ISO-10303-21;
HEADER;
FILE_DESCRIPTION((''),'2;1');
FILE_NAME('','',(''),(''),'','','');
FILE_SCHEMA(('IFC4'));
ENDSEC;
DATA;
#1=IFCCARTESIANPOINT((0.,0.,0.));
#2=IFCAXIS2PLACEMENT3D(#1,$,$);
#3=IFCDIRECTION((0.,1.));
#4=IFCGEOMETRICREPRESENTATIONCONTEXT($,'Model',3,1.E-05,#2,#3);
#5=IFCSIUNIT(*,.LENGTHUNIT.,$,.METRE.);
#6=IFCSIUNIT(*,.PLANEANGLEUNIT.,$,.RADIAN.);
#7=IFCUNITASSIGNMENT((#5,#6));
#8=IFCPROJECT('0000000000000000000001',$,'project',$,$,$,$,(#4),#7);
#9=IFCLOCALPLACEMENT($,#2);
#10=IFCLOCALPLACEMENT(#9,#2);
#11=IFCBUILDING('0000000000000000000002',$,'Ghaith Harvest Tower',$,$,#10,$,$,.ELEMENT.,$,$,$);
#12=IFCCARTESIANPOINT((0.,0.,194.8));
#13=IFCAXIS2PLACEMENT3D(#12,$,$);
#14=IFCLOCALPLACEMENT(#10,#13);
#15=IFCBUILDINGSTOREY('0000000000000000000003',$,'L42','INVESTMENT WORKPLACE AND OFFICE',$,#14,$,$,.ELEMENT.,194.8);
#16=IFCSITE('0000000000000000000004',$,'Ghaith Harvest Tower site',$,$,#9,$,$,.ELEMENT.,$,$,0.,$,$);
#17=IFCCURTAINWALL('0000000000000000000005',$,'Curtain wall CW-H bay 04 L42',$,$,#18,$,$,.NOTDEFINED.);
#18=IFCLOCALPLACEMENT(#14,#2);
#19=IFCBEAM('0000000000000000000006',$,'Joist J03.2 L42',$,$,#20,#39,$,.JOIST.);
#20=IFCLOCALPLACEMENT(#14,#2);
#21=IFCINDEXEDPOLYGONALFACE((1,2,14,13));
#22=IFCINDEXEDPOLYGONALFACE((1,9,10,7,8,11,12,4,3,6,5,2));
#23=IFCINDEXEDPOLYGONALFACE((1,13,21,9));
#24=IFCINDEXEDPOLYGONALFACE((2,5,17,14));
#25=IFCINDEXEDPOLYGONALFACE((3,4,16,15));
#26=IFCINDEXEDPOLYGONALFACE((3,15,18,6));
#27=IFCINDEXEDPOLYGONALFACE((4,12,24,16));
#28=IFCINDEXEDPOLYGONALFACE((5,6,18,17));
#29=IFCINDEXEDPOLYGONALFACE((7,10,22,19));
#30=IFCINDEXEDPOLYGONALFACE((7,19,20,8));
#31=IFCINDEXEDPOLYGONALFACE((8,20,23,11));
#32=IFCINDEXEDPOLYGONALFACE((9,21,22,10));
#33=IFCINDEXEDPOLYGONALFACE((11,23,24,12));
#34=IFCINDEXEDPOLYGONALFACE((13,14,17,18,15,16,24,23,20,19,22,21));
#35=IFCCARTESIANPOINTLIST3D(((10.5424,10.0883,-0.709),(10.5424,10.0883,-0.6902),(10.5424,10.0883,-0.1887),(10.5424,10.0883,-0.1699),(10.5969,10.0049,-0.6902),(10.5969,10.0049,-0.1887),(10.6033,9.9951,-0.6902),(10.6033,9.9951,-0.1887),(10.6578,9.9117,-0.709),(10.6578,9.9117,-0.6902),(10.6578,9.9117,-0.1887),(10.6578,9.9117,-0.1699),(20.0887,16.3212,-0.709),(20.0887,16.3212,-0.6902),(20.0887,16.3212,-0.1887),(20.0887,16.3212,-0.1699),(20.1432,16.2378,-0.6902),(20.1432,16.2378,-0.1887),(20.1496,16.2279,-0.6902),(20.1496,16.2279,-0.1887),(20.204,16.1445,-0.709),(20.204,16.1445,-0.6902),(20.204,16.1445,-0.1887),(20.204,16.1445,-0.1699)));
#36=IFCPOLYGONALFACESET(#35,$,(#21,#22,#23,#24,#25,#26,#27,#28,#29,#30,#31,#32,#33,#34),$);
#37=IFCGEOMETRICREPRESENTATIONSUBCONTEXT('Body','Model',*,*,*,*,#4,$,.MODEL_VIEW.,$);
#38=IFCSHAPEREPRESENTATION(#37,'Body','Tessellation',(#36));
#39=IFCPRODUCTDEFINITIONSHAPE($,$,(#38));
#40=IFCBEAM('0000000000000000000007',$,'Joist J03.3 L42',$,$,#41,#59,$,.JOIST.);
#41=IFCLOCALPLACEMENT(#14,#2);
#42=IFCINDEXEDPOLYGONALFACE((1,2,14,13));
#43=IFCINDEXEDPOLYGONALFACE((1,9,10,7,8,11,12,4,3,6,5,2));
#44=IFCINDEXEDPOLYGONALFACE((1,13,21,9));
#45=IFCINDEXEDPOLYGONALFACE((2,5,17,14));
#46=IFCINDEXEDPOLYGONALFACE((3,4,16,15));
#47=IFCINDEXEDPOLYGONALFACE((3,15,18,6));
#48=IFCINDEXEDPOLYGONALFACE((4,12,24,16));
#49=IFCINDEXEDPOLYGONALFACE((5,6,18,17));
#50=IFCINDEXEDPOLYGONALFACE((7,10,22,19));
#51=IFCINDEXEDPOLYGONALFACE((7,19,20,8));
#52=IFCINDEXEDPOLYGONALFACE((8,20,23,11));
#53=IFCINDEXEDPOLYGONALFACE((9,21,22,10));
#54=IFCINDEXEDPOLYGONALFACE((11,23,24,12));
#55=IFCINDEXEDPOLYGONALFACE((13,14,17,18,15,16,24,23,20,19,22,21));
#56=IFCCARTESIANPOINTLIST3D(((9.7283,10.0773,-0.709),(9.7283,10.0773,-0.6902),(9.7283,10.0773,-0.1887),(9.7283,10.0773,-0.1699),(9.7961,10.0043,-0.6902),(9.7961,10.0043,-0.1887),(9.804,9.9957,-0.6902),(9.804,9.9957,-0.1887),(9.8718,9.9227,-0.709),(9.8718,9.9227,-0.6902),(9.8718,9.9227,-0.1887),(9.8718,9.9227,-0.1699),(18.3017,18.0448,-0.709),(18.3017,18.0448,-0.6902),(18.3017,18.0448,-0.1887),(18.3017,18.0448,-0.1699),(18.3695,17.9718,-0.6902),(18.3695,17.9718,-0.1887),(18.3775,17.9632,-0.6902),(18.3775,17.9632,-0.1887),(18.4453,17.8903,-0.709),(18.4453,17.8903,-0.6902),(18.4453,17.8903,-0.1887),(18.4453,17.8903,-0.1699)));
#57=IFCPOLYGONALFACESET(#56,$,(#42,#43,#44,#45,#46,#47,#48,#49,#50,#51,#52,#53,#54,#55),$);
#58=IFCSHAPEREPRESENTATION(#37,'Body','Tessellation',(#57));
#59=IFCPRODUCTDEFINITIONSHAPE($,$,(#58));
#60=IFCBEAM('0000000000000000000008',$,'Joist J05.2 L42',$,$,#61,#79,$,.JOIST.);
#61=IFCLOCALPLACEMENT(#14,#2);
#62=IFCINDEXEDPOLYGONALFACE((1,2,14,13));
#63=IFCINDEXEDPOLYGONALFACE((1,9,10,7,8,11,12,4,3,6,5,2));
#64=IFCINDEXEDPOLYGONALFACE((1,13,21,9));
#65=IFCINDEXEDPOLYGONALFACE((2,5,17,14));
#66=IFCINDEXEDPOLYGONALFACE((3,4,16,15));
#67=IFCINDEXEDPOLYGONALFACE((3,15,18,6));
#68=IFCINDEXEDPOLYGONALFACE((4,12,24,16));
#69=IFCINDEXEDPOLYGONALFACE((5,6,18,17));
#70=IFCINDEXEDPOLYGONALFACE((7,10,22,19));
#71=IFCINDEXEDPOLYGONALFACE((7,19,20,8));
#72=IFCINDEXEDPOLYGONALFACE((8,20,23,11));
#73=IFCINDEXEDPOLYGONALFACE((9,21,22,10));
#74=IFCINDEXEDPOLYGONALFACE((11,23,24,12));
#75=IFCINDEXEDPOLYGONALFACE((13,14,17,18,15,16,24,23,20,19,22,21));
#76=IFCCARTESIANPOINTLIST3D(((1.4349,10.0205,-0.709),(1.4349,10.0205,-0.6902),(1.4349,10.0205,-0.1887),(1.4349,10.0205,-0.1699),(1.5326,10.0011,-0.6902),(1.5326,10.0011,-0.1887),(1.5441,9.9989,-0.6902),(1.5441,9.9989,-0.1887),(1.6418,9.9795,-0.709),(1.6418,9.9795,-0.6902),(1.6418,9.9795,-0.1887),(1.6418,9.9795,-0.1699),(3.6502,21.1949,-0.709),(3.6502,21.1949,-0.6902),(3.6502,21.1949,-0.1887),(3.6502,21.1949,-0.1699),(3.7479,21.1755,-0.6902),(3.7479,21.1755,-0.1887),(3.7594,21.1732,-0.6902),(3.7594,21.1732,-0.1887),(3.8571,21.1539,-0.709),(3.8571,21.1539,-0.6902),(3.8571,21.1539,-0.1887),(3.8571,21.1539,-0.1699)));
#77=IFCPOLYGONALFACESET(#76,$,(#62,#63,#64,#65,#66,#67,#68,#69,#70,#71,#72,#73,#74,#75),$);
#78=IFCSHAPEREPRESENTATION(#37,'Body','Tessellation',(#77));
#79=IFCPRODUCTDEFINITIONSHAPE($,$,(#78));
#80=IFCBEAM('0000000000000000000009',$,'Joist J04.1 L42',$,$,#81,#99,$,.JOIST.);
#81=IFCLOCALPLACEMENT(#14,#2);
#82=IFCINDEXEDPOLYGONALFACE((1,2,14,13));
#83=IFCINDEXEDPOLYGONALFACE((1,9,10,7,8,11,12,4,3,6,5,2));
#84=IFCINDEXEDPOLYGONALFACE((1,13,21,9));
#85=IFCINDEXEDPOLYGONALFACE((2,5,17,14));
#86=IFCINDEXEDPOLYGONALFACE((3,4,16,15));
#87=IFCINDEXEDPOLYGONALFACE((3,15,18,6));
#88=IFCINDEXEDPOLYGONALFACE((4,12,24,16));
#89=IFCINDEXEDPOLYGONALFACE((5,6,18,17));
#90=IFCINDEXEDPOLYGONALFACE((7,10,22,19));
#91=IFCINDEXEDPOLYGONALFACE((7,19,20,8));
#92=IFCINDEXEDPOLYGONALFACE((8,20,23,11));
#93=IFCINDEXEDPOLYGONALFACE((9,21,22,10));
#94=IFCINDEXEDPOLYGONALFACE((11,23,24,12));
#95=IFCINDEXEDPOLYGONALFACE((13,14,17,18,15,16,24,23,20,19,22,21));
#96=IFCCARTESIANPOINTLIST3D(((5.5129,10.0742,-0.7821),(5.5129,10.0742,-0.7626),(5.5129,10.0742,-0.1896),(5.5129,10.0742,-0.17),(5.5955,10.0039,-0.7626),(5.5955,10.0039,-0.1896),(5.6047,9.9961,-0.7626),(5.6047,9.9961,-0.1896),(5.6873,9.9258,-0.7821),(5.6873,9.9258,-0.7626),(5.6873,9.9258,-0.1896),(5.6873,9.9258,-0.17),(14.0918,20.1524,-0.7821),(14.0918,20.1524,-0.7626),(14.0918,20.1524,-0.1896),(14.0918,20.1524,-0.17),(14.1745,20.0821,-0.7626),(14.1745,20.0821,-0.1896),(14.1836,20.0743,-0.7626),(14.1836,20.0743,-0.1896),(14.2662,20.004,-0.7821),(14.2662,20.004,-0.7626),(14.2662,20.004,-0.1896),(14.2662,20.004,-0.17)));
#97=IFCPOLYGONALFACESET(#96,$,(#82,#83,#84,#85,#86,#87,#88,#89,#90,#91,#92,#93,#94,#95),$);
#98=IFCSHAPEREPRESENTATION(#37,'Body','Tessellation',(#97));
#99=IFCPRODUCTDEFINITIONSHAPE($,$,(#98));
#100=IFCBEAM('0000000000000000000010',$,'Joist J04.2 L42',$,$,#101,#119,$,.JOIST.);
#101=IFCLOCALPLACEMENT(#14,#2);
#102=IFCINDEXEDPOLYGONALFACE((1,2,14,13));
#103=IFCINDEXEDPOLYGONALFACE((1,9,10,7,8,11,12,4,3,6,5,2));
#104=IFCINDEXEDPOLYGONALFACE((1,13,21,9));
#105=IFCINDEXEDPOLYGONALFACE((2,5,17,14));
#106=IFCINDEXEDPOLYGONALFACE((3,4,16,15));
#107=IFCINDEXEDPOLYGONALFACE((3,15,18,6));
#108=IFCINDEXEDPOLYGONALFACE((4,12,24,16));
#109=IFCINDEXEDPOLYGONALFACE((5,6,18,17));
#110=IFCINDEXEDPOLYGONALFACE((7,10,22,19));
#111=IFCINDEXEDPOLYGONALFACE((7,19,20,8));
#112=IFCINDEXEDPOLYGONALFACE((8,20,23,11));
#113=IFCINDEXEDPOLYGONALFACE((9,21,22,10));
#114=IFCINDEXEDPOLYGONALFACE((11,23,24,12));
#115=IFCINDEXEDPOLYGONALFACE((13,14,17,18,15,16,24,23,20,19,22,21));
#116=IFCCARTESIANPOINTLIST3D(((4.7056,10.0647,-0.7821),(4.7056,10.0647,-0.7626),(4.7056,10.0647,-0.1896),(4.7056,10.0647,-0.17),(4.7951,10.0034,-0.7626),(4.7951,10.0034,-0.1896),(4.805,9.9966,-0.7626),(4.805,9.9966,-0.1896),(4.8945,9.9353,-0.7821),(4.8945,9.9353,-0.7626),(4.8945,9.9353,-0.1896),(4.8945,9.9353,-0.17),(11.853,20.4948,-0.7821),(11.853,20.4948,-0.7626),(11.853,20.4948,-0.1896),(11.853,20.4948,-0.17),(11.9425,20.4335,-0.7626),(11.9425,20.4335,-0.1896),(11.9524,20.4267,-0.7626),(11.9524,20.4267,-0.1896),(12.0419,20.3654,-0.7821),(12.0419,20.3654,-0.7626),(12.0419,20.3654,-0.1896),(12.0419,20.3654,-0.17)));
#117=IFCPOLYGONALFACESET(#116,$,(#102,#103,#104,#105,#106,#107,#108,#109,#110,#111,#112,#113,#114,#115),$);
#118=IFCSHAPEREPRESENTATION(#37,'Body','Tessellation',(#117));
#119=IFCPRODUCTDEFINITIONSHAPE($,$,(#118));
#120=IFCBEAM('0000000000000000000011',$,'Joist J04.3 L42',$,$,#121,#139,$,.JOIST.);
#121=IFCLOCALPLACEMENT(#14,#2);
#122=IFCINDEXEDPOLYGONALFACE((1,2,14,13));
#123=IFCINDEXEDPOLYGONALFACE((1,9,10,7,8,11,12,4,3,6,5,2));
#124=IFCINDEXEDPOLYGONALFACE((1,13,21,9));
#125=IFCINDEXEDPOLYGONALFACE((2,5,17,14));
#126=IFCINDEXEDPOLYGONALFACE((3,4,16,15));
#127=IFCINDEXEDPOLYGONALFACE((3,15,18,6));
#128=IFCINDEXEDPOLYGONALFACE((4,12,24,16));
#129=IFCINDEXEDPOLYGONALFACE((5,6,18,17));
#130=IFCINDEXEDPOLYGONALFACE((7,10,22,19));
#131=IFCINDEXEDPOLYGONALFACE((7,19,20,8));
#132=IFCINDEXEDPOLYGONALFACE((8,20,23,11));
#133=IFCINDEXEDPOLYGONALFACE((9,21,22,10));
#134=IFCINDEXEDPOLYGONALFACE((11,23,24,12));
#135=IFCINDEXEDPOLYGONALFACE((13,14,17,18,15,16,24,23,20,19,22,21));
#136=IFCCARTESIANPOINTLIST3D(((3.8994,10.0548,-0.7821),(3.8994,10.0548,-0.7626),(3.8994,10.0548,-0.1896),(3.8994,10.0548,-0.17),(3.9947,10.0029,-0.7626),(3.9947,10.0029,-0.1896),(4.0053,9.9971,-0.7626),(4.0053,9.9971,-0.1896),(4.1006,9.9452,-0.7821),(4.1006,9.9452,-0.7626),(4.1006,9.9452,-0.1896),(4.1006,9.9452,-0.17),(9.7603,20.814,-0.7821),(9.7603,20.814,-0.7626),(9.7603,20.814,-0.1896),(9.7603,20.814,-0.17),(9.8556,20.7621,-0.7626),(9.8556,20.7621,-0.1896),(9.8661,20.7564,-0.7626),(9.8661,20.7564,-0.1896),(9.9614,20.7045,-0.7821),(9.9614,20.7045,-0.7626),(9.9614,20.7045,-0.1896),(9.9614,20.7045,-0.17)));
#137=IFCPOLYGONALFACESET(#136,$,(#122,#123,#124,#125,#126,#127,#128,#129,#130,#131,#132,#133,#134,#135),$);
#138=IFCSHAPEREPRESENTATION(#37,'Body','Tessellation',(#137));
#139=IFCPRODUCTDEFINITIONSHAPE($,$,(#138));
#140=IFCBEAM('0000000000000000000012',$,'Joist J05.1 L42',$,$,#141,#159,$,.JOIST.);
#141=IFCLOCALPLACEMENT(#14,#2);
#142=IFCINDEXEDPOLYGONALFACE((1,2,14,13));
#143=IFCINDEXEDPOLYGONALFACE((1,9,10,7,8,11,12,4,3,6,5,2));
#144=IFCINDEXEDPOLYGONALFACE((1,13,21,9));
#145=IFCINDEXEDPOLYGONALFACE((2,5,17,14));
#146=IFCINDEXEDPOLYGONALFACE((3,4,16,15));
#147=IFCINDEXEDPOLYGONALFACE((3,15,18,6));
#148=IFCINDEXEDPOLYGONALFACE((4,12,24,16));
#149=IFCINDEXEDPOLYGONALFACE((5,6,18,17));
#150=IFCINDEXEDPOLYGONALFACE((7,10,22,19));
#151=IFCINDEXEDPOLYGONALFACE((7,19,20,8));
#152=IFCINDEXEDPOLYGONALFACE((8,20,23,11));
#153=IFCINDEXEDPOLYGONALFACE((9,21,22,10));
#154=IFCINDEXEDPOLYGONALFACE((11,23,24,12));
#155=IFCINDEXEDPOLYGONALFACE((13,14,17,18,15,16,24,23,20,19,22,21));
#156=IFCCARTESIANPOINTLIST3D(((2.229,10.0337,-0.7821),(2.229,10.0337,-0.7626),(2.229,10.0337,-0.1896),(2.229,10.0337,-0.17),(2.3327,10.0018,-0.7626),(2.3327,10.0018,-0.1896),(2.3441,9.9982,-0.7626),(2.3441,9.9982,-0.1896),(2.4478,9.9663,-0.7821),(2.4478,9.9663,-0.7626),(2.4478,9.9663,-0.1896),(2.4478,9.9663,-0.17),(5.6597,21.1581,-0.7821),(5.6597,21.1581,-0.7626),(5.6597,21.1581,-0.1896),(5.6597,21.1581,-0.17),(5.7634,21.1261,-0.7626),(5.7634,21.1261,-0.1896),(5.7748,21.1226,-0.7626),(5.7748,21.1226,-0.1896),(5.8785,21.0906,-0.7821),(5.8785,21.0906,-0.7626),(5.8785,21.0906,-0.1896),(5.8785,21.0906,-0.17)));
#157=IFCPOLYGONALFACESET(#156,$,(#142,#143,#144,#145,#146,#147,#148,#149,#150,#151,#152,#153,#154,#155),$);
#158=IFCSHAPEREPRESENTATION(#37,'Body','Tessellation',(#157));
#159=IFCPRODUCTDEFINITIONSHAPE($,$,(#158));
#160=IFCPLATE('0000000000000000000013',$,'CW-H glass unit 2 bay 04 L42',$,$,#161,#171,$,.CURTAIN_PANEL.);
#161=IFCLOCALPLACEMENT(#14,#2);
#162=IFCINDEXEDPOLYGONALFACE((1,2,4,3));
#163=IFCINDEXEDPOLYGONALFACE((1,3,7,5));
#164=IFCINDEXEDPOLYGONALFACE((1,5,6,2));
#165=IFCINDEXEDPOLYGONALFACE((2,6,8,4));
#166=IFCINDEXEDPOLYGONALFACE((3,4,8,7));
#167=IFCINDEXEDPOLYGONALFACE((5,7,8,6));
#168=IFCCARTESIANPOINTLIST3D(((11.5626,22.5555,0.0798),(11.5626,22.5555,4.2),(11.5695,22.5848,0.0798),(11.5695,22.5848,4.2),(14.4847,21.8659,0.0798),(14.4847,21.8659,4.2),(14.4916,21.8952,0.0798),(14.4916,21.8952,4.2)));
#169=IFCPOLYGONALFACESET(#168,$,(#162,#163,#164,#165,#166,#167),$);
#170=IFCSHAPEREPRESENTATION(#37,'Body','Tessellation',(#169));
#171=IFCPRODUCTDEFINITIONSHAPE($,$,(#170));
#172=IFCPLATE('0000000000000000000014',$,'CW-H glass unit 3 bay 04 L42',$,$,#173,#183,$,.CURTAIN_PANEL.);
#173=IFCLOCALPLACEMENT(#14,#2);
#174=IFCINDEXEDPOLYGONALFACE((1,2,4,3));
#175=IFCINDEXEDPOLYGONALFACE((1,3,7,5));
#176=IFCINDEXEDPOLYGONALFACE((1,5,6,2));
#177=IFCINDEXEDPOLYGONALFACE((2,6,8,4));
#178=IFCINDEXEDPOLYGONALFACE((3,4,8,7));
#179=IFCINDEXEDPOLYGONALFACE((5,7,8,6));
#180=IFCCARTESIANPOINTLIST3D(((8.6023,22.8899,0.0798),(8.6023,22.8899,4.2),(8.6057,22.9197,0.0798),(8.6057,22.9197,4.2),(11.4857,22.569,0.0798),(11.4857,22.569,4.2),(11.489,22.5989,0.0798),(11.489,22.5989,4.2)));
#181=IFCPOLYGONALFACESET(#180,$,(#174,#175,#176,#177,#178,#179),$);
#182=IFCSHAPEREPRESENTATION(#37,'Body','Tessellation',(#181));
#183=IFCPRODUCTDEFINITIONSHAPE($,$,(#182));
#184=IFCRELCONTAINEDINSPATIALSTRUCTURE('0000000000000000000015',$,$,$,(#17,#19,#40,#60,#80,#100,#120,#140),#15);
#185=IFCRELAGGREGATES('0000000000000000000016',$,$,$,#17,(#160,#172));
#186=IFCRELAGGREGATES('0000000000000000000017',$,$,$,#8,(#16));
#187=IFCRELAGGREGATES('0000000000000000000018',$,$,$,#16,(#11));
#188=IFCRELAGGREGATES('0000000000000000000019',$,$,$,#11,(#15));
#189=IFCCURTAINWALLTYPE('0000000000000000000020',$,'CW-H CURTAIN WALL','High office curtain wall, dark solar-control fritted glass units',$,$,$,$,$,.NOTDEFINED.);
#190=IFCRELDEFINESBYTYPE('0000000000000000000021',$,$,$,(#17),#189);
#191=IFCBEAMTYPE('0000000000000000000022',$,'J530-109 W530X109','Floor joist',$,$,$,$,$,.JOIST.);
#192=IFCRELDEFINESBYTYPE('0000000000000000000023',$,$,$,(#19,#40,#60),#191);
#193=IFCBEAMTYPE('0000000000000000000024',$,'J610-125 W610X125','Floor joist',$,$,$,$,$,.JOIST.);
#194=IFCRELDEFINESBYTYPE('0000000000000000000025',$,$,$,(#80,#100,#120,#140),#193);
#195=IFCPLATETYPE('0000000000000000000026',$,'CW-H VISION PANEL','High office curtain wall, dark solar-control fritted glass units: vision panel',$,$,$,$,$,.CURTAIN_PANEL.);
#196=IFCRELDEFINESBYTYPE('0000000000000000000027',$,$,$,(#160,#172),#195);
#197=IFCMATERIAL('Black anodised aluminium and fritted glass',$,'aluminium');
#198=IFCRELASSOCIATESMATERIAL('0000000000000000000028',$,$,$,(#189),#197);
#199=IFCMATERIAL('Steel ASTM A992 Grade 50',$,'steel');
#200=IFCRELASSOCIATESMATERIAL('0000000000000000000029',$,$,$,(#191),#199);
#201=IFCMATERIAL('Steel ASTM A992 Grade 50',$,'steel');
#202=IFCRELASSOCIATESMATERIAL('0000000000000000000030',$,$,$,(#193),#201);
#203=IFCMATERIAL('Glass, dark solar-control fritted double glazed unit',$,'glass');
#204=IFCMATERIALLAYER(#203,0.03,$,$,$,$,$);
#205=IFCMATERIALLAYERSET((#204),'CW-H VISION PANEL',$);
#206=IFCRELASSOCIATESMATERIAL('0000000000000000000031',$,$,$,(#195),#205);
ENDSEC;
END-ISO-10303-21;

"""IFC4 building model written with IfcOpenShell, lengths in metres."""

from ifc_helpers import new_model, si_unit, direction, frame, origin, origin_2d, place, context, subcontext, project, spatial, rectangle, i_section, extrude, material, layer, layer_set, material_profile, profile_set, type_object, element, aggregate, save


model = new_model("IFC4")

# Units and contexts
model_context = context("Model", 3, precision=1e-05, world=origin(), true_north=direction((0.0, 1.0)))
body_context = subcontext(model_context, "Body", "Model", "MODEL_VIEW")
ifc_project = project(units=[si_unit("LENGTHUNIT", "METRE"), si_unit("PLANEANGLEUNIT", "RADIAN")], contexts=[model_context])

# Site, building, storey
site_placement = place(None, origin())
site = spatial("IfcSite", under=ifc_project, at=site_placement, Name="Ghaith Harvest Tower site", CompositionType="ELEMENT", RefElevation=0.0)
building_placement = place(site_placement, origin())
building = spatial("IfcBuilding", under=site, at=building_placement, Name="Ghaith Harvest Tower", CompositionType="ELEMENT")
storey_placement = place(building_placement, frame((0.0, 0.0, 194.8)))
storey = spatial("IfcBuildingStorey", under=building, at=storey_placement, Name="L42", Description="INVESTMENT WORKPLACE AND OFFICE", CompositionType="ELEMENT", Elevation=194.8)

# Curtain wall
ifc_material_1 = material(Name="Black anodised aluminium and fritted glass", Category="aluminium")
curtain_wall_type = type_object("IfcCurtainWallType", Name="CW-H CURTAIN WALL", Description="High office curtain wall, dark solar-control fritted glass units", PredefinedType="NOTDEFINED", material=ifc_material_1)
curtain_wall_1_placement = place(storey_placement, origin())
curtain_wall_1 = element("IfcCurtainWall", 1, at=curtain_wall_1_placement, inside=storey, type_object=curtain_wall_type, Name="Curtain wall CW-H bay 04 L42", PredefinedType="NOTDEFINED")

# Beams
ifc_material_2 = material(Name="Steel ASTM A992 Grade 50", Category="steel")
ifc_material_profile_1 = material_profile(ifc_material_2, i_section(OverallWidth=0.2109, OverallDepth=0.5391, WebThickness=0.0117, FlangeThickness=0.0188, at=origin_2d()), Name="W530X109")
ifc_profile_set_1 = profile_set([ifc_material_profile_1], Name="Steel ASTM A992 Grade 50")
beam_type_1 = type_object("IfcBeamType", Name="J530-109 W530X109", Description="Floor joist", PredefinedType="JOIST", material=ifc_profile_set_1)
beam_1_placement = place(storey_placement, frame((10.6001, 10.0, -0.4395), z_axis=(0.837329, 0.546699, 0.0), x_axis=(-0.546699, 0.837329, 0.0)))
element("IfcBeam", 2, at=beam_1_placement, inside=storey, type_object=beam_type_1, Name="Joist J03.2 L42", PredefinedType="JOIST", context=body_context, shape_type="SweptSolid", body=[
    extrude(i_section(OverallWidth=0.2109, OverallDepth=0.5391, WebThickness=0.0117, FlangeThickness=0.0188, at=origin_2d()), origin(), (0.0, 0.0, 1.0), 11.4009),
])
beam_2_placement = place(storey_placement, frame((9.8, 10.0, -0.4395), z_axis=(0.732519, 0.680746, 0.0), x_axis=(-0.680746, 0.732519, 0.0)))
element("IfcBeam", 3, at=beam_2_placement, inside=storey, type_object=beam_type_1, Name="Joist J03.3 L42", PredefinedType="JOIST", context=body_context, shape_type="SweptSolid", body=[
    extrude(i_section(OverallWidth=0.2109, OverallDepth=0.5391, WebThickness=0.0117, FlangeThickness=0.0188, at=origin_2d()), origin(), (0.0, 0.0, 1.0), 11.7041),
])
beam_3_placement = place(storey_placement, frame((1.5383, 10.0, -0.4395), z_axis=(0.194467, 0.980909, 0.0), x_axis=(-0.980909, 0.194467, 0.0)))
element("IfcBeam", 4, at=beam_3_placement, inside=storey, type_object=beam_type_1, Name="Joist J05.2 L42", PredefinedType="JOIST", context=body_context, shape_type="SweptSolid", body=[
    extrude(i_section(OverallWidth=0.2109, OverallDepth=0.5391, WebThickness=0.0117, FlangeThickness=0.0188, at=origin_2d()), origin(), (0.0, 0.0, 1.0), 11.3918),
])
ifc_material_3 = material(Name="Steel ASTM A992 Grade 50", Category="steel")
ifc_material_profile_2 = material_profile(ifc_material_3, i_section(OverallWidth=0.229, OverallDepth=0.6121, WebThickness=0.012, FlangeThickness=0.0195, at=origin_2d()), Name="W610X125")
ifc_profile_set_2 = profile_set([ifc_material_profile_2], Name="Steel ASTM A992 Grade 50")
beam_type_2 = type_object("IfcBeamType", Name="J610-125 W610X125", Description="Floor joist", PredefinedType="JOIST", material=ifc_profile_set_2)
beam_4_placement = place(storey_placement, frame((5.6001, 10.0, -0.4761), z_axis=(0.648194, 0.761475, 0.0), x_axis=(-0.761475, 0.648194, 0.0)))
element("IfcBeam", 5, at=beam_4_placement, inside=storey, type_object=beam_type_2, Name="Joist J04.1 L42", PredefinedType="JOIST", context=body_context, shape_type="SweptSolid", body=[
    extrude(i_section(OverallWidth=0.229, OverallDepth=0.6121, WebThickness=0.012, FlangeThickness=0.0195, at=origin_2d()), origin(), (0.0, 0.0, 1.0), 13.2351),
])
beam_5_placement = place(storey_placement, frame((4.8, 10.0, -0.4761), z_axis=(0.565278, 0.824901, 0.0), x_axis=(-0.824901, 0.565278, 0.0)))
element("IfcBeam", 6, at=beam_5_placement, inside=storey, type_object=beam_type_2, Name="Joist J04.2 L42", PredefinedType="JOIST", context=body_context, shape_type="SweptSolid", body=[
    extrude(i_section(OverallWidth=0.229, OverallDepth=0.6121, WebThickness=0.012, FlangeThickness=0.0195, at=origin_2d()), origin(), (0.0, 0.0, 1.0), 12.644),
])
beam_6_placement = place(storey_placement, frame((4.0, 10.0, -0.4761), z_axis=(0.478358, 0.878165, 0.0), x_axis=(-0.878165, 0.478358, 0.0)))
element("IfcBeam", 7, at=beam_6_placement, inside=storey, type_object=beam_type_2, Name="Joist J04.3 L42", PredefinedType="JOIST", context=body_context, shape_type="SweptSolid", body=[
    extrude(i_section(OverallWidth=0.229, OverallDepth=0.6121, WebThickness=0.012, FlangeThickness=0.0195, at=origin_2d()), origin(), (0.0, 0.0, 1.0), 12.252),
])
beam_7_placement = place(storey_placement, frame((2.3384, 10.0, -0.4761), z_axis=(0.294699, 0.95559, 0.0), x_axis=(-0.95559, 0.294699, 0.0)))
element("IfcBeam", 8, at=beam_7_placement, inside=storey, type_object=beam_type_2, Name="Joist J05.1 L42", PredefinedType="JOIST", context=body_context, shape_type="SweptSolid", body=[
    extrude(i_section(OverallWidth=0.229, OverallDepth=0.6121, WebThickness=0.012, FlangeThickness=0.0195, at=origin_2d()), origin(), (0.0, 0.0, 1.0), 11.6414),
])

# Plates
ifc_material_4 = material(Name="Glass, dark solar-control fritted double glazed unit", Category="glass")
ifc_layer_1 = layer(ifc_material_4, 0.03)
ifc_layer_set_1 = layer_set([ifc_layer_1], Name="CW-H VISION PANEL")
plate_type = type_object("IfcPlateType", Name="CW-H VISION PANEL", Description="High office curtain wall, dark solar-control fritted glass units: vision panel", PredefinedType="CURTAIN_PANEL", material=ifc_layer_set_1)
plate_1_placement = place(storey_placement, frame((13.0271, 22.2253, 0.0798), z_axis=(0.0, 0.0, 1.0), x_axis=(-0.973266, 0.22968, 0.0)))
plate_1 = element("IfcPlate", 9, at=plate_1_placement, type_object=plate_type, Name="CW-H glass unit 2 bay 04 L42", PredefinedType="CURTAIN_PANEL", context=body_context, shape_type="SweptSolid", body=[
    extrude(rectangle(XDim=3.0024, YDim=0.03, at=origin_2d()), origin(), (0.0, 0.0, 1.0), 4.1201),
])
plate_2_placement = place(storey_placement, frame((10.0457, 22.7444, 0.0798), z_axis=(0.0, 0.0, 1.0), x_axis=(-0.993865, 0.110598, 0.0)))
plate_2 = element("IfcPlate", 10, at=plate_2_placement, type_object=plate_type, Name="CW-H glass unit 3 bay 04 L42", PredefinedType="CURTAIN_PANEL", context=body_context, shape_type="SweptSolid", body=[
    extrude(rectangle(XDim=2.9011, YDim=0.03, at=origin_2d()), origin(), (0.0, 0.0, 1.0), 4.1201),
])
aggregate(curtain_wall_1, [plate_1, plate_2])

save(model, "model.ifc")
